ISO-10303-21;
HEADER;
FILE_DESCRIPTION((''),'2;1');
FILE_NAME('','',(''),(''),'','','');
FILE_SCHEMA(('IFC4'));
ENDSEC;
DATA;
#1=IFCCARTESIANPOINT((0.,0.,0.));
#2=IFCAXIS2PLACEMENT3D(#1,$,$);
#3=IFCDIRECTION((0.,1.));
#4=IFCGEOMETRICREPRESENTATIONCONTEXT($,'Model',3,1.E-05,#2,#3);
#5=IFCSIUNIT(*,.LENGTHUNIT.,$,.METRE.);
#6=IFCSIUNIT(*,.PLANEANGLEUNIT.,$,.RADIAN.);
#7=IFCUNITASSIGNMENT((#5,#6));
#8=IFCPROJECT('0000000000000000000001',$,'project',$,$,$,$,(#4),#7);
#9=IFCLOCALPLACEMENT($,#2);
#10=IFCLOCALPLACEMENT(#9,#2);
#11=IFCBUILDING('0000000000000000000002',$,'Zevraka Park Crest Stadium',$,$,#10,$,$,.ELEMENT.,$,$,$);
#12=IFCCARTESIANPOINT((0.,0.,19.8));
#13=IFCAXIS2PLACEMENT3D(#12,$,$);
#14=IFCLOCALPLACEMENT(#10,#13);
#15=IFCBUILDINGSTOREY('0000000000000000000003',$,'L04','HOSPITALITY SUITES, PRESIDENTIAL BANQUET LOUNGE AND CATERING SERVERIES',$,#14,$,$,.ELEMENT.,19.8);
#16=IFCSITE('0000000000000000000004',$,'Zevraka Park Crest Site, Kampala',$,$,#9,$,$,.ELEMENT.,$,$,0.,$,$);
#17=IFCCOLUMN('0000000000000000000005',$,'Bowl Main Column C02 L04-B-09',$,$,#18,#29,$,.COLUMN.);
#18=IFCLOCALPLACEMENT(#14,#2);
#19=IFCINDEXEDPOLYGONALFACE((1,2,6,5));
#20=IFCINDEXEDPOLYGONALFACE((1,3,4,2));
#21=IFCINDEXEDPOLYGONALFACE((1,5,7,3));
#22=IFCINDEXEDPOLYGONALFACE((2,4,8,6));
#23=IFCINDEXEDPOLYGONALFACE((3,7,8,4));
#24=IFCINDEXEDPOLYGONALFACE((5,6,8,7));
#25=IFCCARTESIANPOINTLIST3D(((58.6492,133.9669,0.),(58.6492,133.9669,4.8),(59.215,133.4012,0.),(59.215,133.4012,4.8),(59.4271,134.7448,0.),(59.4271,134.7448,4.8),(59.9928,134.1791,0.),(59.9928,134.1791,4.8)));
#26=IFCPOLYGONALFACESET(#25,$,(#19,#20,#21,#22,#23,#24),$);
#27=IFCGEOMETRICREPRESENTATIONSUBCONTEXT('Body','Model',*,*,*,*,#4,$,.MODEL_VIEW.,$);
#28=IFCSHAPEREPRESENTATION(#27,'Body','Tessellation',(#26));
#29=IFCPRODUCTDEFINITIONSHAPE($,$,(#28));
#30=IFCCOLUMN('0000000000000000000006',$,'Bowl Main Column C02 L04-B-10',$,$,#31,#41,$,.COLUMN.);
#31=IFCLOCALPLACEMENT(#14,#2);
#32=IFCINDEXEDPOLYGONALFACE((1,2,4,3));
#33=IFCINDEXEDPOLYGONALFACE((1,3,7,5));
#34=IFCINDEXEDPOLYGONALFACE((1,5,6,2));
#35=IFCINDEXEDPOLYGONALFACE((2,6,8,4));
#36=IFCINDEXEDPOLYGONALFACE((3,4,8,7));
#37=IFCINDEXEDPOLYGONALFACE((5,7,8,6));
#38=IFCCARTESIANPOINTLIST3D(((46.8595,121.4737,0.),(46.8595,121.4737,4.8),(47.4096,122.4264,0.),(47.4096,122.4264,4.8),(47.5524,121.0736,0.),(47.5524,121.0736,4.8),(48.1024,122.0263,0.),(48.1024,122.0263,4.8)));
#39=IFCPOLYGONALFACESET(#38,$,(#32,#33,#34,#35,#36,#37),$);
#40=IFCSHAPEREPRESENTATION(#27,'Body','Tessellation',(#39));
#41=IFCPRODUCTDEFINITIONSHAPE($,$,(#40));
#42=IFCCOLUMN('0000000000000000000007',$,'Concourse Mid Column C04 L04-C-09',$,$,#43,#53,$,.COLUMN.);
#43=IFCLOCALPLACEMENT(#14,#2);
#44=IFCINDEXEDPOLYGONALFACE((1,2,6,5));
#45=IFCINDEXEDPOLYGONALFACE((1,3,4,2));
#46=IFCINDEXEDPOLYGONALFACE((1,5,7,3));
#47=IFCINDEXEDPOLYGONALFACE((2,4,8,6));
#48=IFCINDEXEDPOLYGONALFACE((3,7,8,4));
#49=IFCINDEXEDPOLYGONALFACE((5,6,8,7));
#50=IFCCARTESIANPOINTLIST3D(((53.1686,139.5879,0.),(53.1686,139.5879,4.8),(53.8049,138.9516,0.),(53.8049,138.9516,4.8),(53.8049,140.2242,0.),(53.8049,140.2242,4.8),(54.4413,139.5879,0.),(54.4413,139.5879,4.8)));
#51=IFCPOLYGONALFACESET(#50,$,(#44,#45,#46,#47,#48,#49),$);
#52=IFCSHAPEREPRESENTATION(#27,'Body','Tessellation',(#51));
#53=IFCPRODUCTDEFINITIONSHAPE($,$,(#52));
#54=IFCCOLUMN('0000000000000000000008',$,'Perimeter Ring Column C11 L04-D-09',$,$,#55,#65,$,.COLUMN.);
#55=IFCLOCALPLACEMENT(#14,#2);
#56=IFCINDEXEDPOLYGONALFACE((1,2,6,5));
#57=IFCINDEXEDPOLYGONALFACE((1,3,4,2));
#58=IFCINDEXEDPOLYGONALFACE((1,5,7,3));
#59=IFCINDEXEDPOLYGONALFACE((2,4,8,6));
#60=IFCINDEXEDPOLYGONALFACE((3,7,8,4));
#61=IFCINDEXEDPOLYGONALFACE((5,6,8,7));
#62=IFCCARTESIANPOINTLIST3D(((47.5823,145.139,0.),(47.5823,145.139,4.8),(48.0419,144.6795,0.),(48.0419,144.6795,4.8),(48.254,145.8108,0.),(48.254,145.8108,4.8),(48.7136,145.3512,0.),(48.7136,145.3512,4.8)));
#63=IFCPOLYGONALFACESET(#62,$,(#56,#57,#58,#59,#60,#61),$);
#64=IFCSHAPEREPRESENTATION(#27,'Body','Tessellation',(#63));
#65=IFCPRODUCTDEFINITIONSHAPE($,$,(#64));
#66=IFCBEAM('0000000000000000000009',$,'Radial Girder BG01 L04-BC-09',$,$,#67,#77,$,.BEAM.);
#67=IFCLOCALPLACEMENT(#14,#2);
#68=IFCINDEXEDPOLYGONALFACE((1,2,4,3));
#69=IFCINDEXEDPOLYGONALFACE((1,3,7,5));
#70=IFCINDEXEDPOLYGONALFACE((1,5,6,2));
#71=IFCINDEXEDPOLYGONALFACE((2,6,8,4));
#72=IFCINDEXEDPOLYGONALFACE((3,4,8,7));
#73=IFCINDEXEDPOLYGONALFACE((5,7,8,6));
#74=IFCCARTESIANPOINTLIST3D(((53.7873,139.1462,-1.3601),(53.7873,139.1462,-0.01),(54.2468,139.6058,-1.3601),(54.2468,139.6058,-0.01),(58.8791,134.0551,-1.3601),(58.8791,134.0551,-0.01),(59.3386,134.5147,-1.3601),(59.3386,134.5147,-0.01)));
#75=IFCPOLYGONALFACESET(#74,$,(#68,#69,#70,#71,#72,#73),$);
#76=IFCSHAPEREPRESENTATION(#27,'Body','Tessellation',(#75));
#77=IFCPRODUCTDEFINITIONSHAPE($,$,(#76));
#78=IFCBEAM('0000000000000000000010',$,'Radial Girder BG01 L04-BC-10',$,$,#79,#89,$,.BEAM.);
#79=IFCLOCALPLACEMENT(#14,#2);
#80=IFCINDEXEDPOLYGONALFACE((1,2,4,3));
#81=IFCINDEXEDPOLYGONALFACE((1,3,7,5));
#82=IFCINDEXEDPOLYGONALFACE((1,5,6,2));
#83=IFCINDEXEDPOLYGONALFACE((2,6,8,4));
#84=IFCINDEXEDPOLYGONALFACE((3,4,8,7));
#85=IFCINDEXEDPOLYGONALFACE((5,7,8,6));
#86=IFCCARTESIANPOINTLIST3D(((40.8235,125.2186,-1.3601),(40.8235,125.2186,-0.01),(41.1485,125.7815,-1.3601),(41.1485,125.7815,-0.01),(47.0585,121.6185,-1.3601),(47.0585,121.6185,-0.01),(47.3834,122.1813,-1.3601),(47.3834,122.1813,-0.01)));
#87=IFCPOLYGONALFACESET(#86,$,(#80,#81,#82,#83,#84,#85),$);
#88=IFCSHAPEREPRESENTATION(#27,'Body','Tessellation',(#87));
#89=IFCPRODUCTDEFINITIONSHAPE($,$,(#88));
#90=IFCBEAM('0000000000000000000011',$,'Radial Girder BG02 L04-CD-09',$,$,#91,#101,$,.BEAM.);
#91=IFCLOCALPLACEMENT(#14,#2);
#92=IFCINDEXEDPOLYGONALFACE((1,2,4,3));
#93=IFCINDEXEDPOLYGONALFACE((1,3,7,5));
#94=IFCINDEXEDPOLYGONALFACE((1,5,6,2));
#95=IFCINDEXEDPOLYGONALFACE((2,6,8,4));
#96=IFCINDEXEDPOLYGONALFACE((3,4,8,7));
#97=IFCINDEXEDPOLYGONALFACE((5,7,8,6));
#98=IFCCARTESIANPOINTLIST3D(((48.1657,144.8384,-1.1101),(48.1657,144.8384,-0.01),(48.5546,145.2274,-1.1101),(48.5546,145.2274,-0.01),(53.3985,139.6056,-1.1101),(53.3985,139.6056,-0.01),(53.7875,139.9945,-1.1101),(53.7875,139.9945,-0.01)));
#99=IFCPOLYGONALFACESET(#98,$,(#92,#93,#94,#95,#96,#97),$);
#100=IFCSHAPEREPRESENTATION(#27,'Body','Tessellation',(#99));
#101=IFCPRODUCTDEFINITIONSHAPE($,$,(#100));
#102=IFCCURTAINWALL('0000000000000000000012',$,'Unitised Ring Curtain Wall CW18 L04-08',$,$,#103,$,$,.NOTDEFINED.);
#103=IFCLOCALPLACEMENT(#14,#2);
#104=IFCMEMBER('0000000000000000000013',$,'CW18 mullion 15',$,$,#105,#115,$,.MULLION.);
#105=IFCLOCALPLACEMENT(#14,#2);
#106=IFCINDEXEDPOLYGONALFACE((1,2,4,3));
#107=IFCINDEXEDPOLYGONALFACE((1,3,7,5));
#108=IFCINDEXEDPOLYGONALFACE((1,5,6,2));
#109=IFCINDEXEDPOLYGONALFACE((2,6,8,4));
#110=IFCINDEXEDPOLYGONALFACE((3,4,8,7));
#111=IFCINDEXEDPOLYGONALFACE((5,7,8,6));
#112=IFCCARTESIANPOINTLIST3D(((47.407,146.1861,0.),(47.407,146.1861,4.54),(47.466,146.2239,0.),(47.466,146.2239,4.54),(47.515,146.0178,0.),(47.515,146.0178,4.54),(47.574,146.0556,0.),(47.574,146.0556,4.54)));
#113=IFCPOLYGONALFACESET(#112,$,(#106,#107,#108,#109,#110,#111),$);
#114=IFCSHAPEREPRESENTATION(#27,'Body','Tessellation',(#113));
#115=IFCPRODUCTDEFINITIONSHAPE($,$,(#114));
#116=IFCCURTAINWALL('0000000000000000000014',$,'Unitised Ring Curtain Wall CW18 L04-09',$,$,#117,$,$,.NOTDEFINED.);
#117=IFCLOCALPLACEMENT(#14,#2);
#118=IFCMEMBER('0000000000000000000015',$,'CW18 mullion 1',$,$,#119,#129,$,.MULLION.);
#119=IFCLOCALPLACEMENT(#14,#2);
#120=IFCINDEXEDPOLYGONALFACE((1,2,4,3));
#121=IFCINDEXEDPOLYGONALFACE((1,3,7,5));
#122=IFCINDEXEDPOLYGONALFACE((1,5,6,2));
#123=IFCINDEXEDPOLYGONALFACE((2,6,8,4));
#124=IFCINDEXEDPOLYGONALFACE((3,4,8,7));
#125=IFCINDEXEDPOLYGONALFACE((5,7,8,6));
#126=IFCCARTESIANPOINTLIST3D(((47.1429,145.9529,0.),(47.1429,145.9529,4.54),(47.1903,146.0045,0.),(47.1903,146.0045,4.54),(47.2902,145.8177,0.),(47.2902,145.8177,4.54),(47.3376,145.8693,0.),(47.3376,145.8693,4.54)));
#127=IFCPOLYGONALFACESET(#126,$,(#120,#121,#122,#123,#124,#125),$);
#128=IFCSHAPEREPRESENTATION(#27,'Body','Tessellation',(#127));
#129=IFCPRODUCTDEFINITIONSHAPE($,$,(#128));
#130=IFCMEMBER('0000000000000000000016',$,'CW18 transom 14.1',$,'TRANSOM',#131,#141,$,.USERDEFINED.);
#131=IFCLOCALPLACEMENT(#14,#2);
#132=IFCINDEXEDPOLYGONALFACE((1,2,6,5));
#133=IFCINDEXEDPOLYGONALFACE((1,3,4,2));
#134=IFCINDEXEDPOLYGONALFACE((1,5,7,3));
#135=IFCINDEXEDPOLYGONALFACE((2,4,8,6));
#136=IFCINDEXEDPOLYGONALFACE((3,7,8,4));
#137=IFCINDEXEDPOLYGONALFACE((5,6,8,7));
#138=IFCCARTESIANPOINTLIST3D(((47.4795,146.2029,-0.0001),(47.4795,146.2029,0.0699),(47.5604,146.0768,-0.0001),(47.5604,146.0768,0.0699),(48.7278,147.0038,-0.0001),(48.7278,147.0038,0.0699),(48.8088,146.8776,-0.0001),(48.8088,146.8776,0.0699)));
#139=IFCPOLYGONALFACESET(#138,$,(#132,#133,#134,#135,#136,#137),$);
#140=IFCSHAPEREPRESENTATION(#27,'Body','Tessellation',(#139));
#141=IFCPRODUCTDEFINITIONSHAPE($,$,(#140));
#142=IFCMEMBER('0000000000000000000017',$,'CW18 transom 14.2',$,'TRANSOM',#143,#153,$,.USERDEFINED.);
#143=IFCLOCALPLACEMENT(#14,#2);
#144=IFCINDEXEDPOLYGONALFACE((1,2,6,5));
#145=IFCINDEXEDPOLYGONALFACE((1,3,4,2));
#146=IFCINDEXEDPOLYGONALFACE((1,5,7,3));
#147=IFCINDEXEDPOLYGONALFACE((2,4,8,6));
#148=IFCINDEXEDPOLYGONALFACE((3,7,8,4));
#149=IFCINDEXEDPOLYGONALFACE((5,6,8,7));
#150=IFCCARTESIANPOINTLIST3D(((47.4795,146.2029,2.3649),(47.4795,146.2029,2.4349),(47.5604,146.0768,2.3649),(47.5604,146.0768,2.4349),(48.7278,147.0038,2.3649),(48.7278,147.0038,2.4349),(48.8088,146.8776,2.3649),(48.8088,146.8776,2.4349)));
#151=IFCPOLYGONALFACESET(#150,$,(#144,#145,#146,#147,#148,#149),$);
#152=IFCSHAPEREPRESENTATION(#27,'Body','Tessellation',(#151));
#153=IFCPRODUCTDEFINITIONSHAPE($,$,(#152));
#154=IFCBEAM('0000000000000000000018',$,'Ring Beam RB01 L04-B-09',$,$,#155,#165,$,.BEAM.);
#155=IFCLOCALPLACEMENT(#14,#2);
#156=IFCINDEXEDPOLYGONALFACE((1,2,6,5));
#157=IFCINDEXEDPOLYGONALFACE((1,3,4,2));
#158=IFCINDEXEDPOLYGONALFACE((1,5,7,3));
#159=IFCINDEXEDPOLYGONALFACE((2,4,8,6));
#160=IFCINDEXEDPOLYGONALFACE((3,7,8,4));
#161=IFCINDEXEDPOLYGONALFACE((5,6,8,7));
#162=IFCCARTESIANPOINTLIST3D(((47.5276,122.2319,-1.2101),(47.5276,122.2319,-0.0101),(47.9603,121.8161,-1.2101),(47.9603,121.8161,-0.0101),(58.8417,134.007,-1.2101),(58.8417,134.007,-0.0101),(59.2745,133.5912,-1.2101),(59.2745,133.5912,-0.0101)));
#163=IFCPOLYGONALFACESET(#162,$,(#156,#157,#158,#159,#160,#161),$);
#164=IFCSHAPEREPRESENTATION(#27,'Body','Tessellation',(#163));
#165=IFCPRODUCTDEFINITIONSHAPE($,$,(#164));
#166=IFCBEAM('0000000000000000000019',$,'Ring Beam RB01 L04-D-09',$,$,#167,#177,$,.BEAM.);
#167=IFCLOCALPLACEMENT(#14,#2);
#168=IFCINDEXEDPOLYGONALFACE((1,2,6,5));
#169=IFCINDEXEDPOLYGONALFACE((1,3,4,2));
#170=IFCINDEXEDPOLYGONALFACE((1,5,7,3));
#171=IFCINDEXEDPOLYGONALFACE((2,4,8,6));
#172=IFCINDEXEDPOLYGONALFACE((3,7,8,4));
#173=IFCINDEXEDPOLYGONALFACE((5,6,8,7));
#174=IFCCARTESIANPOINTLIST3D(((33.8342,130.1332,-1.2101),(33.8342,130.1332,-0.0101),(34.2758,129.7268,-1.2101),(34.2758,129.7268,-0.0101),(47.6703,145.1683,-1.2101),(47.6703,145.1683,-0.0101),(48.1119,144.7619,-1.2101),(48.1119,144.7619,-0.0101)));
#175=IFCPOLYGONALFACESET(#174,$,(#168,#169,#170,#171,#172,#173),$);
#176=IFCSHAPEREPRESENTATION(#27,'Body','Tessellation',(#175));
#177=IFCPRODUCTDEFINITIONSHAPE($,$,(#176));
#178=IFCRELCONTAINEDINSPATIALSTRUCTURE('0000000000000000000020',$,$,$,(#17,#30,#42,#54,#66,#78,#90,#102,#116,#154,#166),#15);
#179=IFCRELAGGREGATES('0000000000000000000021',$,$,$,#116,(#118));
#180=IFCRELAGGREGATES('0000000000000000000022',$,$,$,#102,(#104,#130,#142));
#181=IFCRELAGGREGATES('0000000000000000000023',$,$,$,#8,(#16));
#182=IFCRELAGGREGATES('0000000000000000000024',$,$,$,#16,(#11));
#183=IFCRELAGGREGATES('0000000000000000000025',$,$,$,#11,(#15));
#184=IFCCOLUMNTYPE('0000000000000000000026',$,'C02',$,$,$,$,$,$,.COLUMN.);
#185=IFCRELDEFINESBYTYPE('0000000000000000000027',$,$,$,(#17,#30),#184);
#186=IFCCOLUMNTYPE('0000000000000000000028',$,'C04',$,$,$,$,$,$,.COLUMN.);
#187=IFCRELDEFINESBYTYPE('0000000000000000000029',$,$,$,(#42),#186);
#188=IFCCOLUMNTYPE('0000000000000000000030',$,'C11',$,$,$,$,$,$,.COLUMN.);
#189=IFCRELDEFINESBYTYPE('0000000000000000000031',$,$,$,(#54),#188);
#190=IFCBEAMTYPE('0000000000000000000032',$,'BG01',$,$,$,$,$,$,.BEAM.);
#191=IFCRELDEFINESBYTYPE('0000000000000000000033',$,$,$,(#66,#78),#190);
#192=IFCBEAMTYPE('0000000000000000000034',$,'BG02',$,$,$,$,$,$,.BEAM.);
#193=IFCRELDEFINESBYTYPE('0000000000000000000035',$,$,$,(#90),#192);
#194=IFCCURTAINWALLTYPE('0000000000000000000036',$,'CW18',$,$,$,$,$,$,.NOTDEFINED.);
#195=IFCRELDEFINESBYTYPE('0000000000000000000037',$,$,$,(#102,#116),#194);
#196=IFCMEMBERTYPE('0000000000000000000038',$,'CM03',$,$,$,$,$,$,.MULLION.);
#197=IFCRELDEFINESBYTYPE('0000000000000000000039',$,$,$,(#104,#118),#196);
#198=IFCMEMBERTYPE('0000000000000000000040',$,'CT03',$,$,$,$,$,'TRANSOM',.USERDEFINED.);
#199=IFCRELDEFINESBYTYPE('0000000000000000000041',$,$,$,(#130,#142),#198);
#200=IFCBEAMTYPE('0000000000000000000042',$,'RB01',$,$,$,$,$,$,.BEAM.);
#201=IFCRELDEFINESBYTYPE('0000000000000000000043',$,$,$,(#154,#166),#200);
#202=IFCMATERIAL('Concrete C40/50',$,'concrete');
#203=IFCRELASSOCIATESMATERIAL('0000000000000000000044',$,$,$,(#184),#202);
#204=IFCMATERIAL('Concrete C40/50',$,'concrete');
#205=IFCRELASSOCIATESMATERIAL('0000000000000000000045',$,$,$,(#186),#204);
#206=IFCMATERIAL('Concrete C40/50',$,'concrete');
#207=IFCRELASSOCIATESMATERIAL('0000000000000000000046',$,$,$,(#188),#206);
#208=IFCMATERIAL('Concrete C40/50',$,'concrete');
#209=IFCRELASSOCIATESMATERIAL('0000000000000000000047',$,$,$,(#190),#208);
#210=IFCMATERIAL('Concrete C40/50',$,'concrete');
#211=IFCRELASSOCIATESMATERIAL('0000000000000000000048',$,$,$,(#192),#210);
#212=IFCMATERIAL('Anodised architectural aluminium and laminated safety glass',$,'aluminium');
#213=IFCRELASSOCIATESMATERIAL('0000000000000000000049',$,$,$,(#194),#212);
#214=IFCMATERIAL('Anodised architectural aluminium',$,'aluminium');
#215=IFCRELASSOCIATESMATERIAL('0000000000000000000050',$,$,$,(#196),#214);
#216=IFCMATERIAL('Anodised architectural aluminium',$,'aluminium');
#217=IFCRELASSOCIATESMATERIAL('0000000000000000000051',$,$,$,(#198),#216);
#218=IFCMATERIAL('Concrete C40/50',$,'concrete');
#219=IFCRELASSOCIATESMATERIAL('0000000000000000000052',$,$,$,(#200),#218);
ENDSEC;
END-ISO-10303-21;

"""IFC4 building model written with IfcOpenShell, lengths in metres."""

from ifc_helpers import new_model, si_unit, direction, frame, origin, origin_2d, place, context, subcontext, project, spatial, rectangle, extrude, material, material_profile, profile_set, type_object, element, aggregate, save


model = new_model("IFC4")

# Units and contexts
model_context = context("Model", 3, precision=1e-05, world=origin(), true_north=direction((0.0, 1.0)))
body_context = subcontext(model_context, "Body", "Model", "MODEL_VIEW")
ifc_project = project(units=[si_unit("LENGTHUNIT", "METRE"), si_unit("PLANEANGLEUNIT", "RADIAN")], contexts=[model_context])

# Site, building, storey
site_placement = place(None, origin())
site = spatial("IfcSite", under=ifc_project, at=site_placement, Name="Zevraka Park Crest Site, Kampala", CompositionType="ELEMENT", RefElevation=0.0)
building_placement = place(site_placement, origin())
building = spatial("IfcBuilding", under=site, at=building_placement, Name="Zevraka Park Crest Stadium", CompositionType="ELEMENT")
storey_placement = place(building_placement, frame((0.0, 0.0, 19.8)))
storey = spatial("IfcBuildingStorey", under=building, at=storey_placement, Name="L04", Description="HOSPITALITY SUITES, PRESIDENTIAL BANQUET LOUNGE AND CATERING SERVERIES", CompositionType="ELEMENT", Elevation=19.8)

# Columns
ifc_material_1 = material(Name="Concrete C40/50", Category="concrete")
ifc_material_profile_1 = material_profile(ifc_material_1, rectangle(XDim=0.8, YDim=1.1001, at=origin_2d()), Name="RC 1100x800")
ifc_profile_set_1 = profile_set([ifc_material_profile_1], Name="Concrete C40/50")
column_type_1 = type_object("IfcColumnType", Name="C02", PredefinedType="COLUMN", material=ifc_profile_set_1)
for number, where, z_axis, x_axis, name in (
    (1, (59.321, 134.073, 0.0), (0.0, 0.0, 1.0), (-0.707107, 0.707107, 0.0), "Bowl Main Column C02 L04-B-09"),
    (2, (47.481, 121.75, 0.0), (0.0, 0.0, 1.0), (-0.866025, 0.5, 0.0), "Bowl Main Column C02 L04-B-10"),
):
    element("IfcColumn", number, at=place(storey_placement, frame(where, z_axis=z_axis, x_axis=x_axis)), inside=storey, type_object=column_type_1, Name=name, PredefinedType="COLUMN", context=body_context, shape_type="SweptSolid", body=[
        extrude(rectangle(XDim=0.8, YDim=1.1001, at=origin_2d()), origin(), (0.0, 0.0, 1.0), 4.8),
    ])
ifc_material_2 = material(Name="Concrete C40/50", Category="concrete")
ifc_material_profile_2 = material_profile(ifc_material_2, rectangle(XDim=0.8999, YDim=0.8999, at=origin_2d()), Name="RC 900x900")
ifc_profile_set_2 = profile_set([ifc_material_profile_2], Name="Concrete C40/50")
column_type_2 = type_object("IfcColumnType", Name="C04", PredefinedType="COLUMN", material=ifc_profile_set_2)
column_1_placement = place(storey_placement, frame((53.8049, 139.5879, 0.0), z_axis=(0.0, 0.0, 1.0), x_axis=(-0.707107, 0.707107, 0.0)))
element("IfcColumn", 3, at=column_1_placement, inside=storey, type_object=column_type_2, Name="Concourse Mid Column C04 L04-C-09", PredefinedType="COLUMN", context=body_context, shape_type="SweptSolid", body=[
    extrude(rectangle(XDim=0.8999, YDim=0.8999, at=origin_2d()), origin(), (0.0, 0.0, 1.0), 4.8),
])
ifc_material_3 = material(Name="Concrete C40/50", Category="concrete")
ifc_material_profile_3 = material_profile(ifc_material_3, rectangle(XDim=0.6499, YDim=0.95, at=origin_2d()), Name="RC 950x650")
ifc_profile_set_3 = profile_set([ifc_material_profile_3], Name="Concrete C40/50")
column_type_3 = type_object("IfcColumnType", Name="C11", PredefinedType="COLUMN", material=ifc_profile_set_3)
column_2_placement = place(storey_placement, frame((48.1479, 145.2451, 0.0), z_axis=(0.0, 0.0, 1.0), x_axis=(-0.707107, 0.707107, 0.0)))
element("IfcColumn", 4, at=column_2_placement, inside=storey, type_object=column_type_3, Name="Perimeter Ring Column C11 L04-D-09", PredefinedType="COLUMN", context=body_context, shape_type="SweptSolid", body=[
    extrude(rectangle(XDim=0.6499, YDim=0.95, at=origin_2d()), origin(), (0.0, 0.0, 1.0), 4.8),
])

# Beams
ifc_material_4 = material(Name="Concrete C40/50", Category="concrete")
ifc_material_profile_4 = material_profile(ifc_material_4, rectangle(XDim=0.6499, YDim=1.3501, at=origin_2d()), Name="RC 1350x650")
ifc_profile_set_4 = profile_set([ifc_material_profile_4], Name="Concrete C40/50")
beam_type_1 = type_object("IfcBeamType", Name="BG01", PredefinedType="BEAM", material=ifc_profile_set_4)
beam_1_placement = place(storey_placement, frame((59.1089, 134.2849, -0.6851), z_axis=(-0.707158, 0.707056, 0.0), x_axis=(-0.707056, -0.707158, 0.0)))
element("IfcBeam", 5, at=beam_1_placement, inside=storey, type_object=beam_type_1, Name="Radial Girder BG01 L04-BC-09", PredefinedType="BEAM", context=body_context, shape_type="SweptSolid", body=[
    extrude(rectangle(XDim=0.6499, YDim=1.3501, at=origin_2d()), origin(), (0.0, 0.0, 1.0), 7.2004),
])
beam_2_placement = place(storey_placement, frame((47.2209, 121.8999, -0.6851), z_axis=(-0.866001, 0.500041, 0.0), x_axis=(-0.500041, -0.866001, 0.0)))
element("IfcBeam", 6, at=beam_2_placement, inside=storey, type_object=beam_type_1, Name="Radial Girder BG01 L04-BC-10", PredefinedType="BEAM", context=body_context, shape_type="SweptSolid", body=[
    extrude(rectangle(XDim=0.6499, YDim=1.3501, at=origin_2d()), origin(), (0.0, 0.0, 1.0), 7.1997),
])
ifc_material_5 = material(Name="Concrete C40/50", Category="concrete")
ifc_material_profile_5 = material_profile(ifc_material_5, rectangle(XDim=0.55, YDim=1.1001, at=origin_2d()), Name="RC 1100x550")
ifc_profile_set_5 = profile_set([ifc_material_profile_5], Name="Concrete C40/50")
beam_type_2 = type_object("IfcBeamType", Name="BG02", PredefinedType="BEAM", material=ifc_profile_set_5)
beam_3_placement = place(storey_placement, frame((53.593, 139.8, -0.5601), z_axis=(-0.707107, 0.707107, 0.0), x_axis=(-0.707107, -0.707107, 0.0)))
element("IfcBeam", 7, at=beam_3_placement, inside=storey, type_object=beam_type_2, Name="Radial Girder BG02 L04-CD-09", PredefinedType="BEAM", context=body_context, shape_type="SweptSolid", body=[
    extrude(rectangle(XDim=0.55, YDim=1.1001, at=origin_2d()), origin(), (0.0, 0.0, 1.0), 7.4004),
])

# Curtain walls, members
ifc_material_6 = material(Name="Anodised architectural aluminium and laminated safety glass", Category="aluminium")
curtain_wall_type = type_object("IfcCurtainWallType", Name="CW18", PredefinedType="NOTDEFINED", material=ifc_material_6)
curtain_wall_1_placement = place(storey_placement, origin())
curtain_wall_1 = element("IfcCurtainWall", 8, at=curtain_wall_1_placement, inside=storey, type_object=curtain_wall_type, Name="Unitised Ring Curtain Wall CW18 L04-08", PredefinedType="NOTDEFINED")
ifc_material_7 = material(Name="Anodised architectural aluminium", Category="aluminium")
ifc_material_profile_6 = material_profile(ifc_material_7, rectangle(XDim=0.2, YDim=0.0701, at=origin_2d()), Name="ALU MULLION 200x70")
ifc_profile_set_6 = profile_set([ifc_material_profile_6], Name="Anodised architectural aluminium")
member_type_1 = type_object("IfcMemberType", Name="CM03", PredefinedType="MULLION", material=ifc_profile_set_6)
member_1_placement = place(storey_placement, frame((47.4905, 146.1208, 0.0), z_axis=(0.0, 0.0, 1.0), x_axis=(0.53998, -0.841678, 0.0)))
member_1 = element("IfcMember", 9, at=member_1_placement, type_object=member_type_1, Name="CW18 mullion 15", PredefinedType="MULLION", context=body_context, shape_type="SweptSolid", body=[
    extrude(rectangle(XDim=0.2, YDim=0.0701, at=origin_2d()), origin(), (0.0, 0.0, 1.0), 4.54),
])
curtain_wall_2_placement = place(storey_placement, origin())
curtain_wall_2 = element("IfcCurtainWall", 10, at=curtain_wall_2_placement, inside=storey, type_object=curtain_wall_type, Name="Unitised Ring Curtain Wall CW18 L04-09", PredefinedType="NOTDEFINED")
member_2_placement = place(storey_placement, frame((47.2402, 145.9111, 0.0), z_axis=(0.0, 0.0, 1.0), x_axis=(0.736775, -0.676138, 0.0)))
member_2 = element("IfcMember", 11, at=member_2_placement, type_object=member_type_1, Name="CW18 mullion 1", PredefinedType="MULLION", context=body_context, shape_type="SweptSolid", body=[
    extrude(rectangle(XDim=0.2, YDim=0.0701, at=origin_2d()), origin(), (0.0, 0.0, 1.0), 4.54),
])
aggregate(curtain_wall_2, [member_2])

# Members
ifc_material_8 = material(Name="Anodised architectural aluminium", Category="aluminium")
ifc_material_profile_7 = material_profile(ifc_material_8, rectangle(XDim=0.1499, YDim=0.0701, at=origin_2d()), Name="ALU TRANSOM 150x70")
ifc_profile_set_7 = profile_set([ifc_material_profile_7], Name="Anodised architectural aluminium")
member_type_2 = type_object("IfcMemberType", Name="CT03", ElementType="TRANSOM", PredefinedType="USERDEFINED", material=ifc_profile_set_7)
member_3_placement = place(storey_placement, frame((48.7683, 146.9407, 0.0349), z_axis=(-0.841697, -0.53995, 0.0), x_axis=(0.53995, -0.841697, 0.0)))
member_3 = element("IfcMember", 12, at=member_3_placement, type_object=member_type_2, Name="CW18 transom 14.1", ObjectType="TRANSOM", PredefinedType="USERDEFINED", context=body_context, shape_type="SweptSolid", body=[
    extrude(rectangle(XDim=0.1499, YDim=0.0701, at=origin_2d()), origin(), (0.0, 0.0, 1.0), 1.4832),
])
member_4_placement = place(storey_placement, frame((48.7683, 146.9407, 2.3999), z_axis=(-0.841697, -0.53995, 0.0), x_axis=(0.53995, -0.841697, 0.0)))
member_4 = element("IfcMember", 13, at=member_4_placement, type_object=member_type_2, Name="CW18 transom 14.2", ObjectType="TRANSOM", PredefinedType="USERDEFINED", context=body_context, shape_type="SweptSolid", body=[
    extrude(rectangle(XDim=0.1499, YDim=0.0701, at=origin_2d()), origin(), (0.0, 0.0, 1.0), 1.4832),
])

# Beams
ifc_material_9 = material(Name="Concrete C40/50", Category="concrete")
ifc_material_profile_8 = material_profile(ifc_material_9, rectangle(XDim=0.6001, YDim=1.2, at=origin_2d()), Name="RC 1200x600")
ifc_profile_set_8 = profile_set([ifc_material_profile_8], Name="Concrete C40/50")
beam_type_3 = type_object("IfcBeamType", Name="RB01", PredefinedType="BEAM", material=ifc_profile_set_8)
beam_4_placement = place(storey_placement, frame((59.0581, 133.7991, -0.6101), z_axis=(-0.692853, -0.721079, 0.0), x_axis=(0.721079, -0.692853, 0.0)))
element("IfcBeam", 14, at=beam_4_placement, inside=storey, type_object=beam_type_3, Name="Ring Beam RB01 L04-B-09", PredefinedType="BEAM", context=body_context, shape_type="SweptSolid", body=[
    extrude(rectangle(XDim=0.6001, YDim=1.2, at=origin_2d()), origin(), (0.0, 0.0, 1.0), 16.3298),
])
beam_5_placement = place(storey_placement, frame((47.8911, 144.9651, -0.6101), z_axis=(-0.677158, -0.735837, 0.0), x_axis=(0.735837, -0.677158, 0.0)))
element("IfcBeam", 15, at=beam_5_placement, inside=storey, type_object=beam_type_3, Name="Ring Beam RB01 L04-D-09", PredefinedType="BEAM", context=body_context, shape_type="SweptSolid", body=[
    extrude(rectangle(XDim=0.6001, YDim=1.2, at=origin_2d()), origin(), (0.0, 0.0, 1.0), 20.4326),
])

aggregate(curtain_wall_1, [member_1, member_3, member_4])

save(model, "model.ifc")
